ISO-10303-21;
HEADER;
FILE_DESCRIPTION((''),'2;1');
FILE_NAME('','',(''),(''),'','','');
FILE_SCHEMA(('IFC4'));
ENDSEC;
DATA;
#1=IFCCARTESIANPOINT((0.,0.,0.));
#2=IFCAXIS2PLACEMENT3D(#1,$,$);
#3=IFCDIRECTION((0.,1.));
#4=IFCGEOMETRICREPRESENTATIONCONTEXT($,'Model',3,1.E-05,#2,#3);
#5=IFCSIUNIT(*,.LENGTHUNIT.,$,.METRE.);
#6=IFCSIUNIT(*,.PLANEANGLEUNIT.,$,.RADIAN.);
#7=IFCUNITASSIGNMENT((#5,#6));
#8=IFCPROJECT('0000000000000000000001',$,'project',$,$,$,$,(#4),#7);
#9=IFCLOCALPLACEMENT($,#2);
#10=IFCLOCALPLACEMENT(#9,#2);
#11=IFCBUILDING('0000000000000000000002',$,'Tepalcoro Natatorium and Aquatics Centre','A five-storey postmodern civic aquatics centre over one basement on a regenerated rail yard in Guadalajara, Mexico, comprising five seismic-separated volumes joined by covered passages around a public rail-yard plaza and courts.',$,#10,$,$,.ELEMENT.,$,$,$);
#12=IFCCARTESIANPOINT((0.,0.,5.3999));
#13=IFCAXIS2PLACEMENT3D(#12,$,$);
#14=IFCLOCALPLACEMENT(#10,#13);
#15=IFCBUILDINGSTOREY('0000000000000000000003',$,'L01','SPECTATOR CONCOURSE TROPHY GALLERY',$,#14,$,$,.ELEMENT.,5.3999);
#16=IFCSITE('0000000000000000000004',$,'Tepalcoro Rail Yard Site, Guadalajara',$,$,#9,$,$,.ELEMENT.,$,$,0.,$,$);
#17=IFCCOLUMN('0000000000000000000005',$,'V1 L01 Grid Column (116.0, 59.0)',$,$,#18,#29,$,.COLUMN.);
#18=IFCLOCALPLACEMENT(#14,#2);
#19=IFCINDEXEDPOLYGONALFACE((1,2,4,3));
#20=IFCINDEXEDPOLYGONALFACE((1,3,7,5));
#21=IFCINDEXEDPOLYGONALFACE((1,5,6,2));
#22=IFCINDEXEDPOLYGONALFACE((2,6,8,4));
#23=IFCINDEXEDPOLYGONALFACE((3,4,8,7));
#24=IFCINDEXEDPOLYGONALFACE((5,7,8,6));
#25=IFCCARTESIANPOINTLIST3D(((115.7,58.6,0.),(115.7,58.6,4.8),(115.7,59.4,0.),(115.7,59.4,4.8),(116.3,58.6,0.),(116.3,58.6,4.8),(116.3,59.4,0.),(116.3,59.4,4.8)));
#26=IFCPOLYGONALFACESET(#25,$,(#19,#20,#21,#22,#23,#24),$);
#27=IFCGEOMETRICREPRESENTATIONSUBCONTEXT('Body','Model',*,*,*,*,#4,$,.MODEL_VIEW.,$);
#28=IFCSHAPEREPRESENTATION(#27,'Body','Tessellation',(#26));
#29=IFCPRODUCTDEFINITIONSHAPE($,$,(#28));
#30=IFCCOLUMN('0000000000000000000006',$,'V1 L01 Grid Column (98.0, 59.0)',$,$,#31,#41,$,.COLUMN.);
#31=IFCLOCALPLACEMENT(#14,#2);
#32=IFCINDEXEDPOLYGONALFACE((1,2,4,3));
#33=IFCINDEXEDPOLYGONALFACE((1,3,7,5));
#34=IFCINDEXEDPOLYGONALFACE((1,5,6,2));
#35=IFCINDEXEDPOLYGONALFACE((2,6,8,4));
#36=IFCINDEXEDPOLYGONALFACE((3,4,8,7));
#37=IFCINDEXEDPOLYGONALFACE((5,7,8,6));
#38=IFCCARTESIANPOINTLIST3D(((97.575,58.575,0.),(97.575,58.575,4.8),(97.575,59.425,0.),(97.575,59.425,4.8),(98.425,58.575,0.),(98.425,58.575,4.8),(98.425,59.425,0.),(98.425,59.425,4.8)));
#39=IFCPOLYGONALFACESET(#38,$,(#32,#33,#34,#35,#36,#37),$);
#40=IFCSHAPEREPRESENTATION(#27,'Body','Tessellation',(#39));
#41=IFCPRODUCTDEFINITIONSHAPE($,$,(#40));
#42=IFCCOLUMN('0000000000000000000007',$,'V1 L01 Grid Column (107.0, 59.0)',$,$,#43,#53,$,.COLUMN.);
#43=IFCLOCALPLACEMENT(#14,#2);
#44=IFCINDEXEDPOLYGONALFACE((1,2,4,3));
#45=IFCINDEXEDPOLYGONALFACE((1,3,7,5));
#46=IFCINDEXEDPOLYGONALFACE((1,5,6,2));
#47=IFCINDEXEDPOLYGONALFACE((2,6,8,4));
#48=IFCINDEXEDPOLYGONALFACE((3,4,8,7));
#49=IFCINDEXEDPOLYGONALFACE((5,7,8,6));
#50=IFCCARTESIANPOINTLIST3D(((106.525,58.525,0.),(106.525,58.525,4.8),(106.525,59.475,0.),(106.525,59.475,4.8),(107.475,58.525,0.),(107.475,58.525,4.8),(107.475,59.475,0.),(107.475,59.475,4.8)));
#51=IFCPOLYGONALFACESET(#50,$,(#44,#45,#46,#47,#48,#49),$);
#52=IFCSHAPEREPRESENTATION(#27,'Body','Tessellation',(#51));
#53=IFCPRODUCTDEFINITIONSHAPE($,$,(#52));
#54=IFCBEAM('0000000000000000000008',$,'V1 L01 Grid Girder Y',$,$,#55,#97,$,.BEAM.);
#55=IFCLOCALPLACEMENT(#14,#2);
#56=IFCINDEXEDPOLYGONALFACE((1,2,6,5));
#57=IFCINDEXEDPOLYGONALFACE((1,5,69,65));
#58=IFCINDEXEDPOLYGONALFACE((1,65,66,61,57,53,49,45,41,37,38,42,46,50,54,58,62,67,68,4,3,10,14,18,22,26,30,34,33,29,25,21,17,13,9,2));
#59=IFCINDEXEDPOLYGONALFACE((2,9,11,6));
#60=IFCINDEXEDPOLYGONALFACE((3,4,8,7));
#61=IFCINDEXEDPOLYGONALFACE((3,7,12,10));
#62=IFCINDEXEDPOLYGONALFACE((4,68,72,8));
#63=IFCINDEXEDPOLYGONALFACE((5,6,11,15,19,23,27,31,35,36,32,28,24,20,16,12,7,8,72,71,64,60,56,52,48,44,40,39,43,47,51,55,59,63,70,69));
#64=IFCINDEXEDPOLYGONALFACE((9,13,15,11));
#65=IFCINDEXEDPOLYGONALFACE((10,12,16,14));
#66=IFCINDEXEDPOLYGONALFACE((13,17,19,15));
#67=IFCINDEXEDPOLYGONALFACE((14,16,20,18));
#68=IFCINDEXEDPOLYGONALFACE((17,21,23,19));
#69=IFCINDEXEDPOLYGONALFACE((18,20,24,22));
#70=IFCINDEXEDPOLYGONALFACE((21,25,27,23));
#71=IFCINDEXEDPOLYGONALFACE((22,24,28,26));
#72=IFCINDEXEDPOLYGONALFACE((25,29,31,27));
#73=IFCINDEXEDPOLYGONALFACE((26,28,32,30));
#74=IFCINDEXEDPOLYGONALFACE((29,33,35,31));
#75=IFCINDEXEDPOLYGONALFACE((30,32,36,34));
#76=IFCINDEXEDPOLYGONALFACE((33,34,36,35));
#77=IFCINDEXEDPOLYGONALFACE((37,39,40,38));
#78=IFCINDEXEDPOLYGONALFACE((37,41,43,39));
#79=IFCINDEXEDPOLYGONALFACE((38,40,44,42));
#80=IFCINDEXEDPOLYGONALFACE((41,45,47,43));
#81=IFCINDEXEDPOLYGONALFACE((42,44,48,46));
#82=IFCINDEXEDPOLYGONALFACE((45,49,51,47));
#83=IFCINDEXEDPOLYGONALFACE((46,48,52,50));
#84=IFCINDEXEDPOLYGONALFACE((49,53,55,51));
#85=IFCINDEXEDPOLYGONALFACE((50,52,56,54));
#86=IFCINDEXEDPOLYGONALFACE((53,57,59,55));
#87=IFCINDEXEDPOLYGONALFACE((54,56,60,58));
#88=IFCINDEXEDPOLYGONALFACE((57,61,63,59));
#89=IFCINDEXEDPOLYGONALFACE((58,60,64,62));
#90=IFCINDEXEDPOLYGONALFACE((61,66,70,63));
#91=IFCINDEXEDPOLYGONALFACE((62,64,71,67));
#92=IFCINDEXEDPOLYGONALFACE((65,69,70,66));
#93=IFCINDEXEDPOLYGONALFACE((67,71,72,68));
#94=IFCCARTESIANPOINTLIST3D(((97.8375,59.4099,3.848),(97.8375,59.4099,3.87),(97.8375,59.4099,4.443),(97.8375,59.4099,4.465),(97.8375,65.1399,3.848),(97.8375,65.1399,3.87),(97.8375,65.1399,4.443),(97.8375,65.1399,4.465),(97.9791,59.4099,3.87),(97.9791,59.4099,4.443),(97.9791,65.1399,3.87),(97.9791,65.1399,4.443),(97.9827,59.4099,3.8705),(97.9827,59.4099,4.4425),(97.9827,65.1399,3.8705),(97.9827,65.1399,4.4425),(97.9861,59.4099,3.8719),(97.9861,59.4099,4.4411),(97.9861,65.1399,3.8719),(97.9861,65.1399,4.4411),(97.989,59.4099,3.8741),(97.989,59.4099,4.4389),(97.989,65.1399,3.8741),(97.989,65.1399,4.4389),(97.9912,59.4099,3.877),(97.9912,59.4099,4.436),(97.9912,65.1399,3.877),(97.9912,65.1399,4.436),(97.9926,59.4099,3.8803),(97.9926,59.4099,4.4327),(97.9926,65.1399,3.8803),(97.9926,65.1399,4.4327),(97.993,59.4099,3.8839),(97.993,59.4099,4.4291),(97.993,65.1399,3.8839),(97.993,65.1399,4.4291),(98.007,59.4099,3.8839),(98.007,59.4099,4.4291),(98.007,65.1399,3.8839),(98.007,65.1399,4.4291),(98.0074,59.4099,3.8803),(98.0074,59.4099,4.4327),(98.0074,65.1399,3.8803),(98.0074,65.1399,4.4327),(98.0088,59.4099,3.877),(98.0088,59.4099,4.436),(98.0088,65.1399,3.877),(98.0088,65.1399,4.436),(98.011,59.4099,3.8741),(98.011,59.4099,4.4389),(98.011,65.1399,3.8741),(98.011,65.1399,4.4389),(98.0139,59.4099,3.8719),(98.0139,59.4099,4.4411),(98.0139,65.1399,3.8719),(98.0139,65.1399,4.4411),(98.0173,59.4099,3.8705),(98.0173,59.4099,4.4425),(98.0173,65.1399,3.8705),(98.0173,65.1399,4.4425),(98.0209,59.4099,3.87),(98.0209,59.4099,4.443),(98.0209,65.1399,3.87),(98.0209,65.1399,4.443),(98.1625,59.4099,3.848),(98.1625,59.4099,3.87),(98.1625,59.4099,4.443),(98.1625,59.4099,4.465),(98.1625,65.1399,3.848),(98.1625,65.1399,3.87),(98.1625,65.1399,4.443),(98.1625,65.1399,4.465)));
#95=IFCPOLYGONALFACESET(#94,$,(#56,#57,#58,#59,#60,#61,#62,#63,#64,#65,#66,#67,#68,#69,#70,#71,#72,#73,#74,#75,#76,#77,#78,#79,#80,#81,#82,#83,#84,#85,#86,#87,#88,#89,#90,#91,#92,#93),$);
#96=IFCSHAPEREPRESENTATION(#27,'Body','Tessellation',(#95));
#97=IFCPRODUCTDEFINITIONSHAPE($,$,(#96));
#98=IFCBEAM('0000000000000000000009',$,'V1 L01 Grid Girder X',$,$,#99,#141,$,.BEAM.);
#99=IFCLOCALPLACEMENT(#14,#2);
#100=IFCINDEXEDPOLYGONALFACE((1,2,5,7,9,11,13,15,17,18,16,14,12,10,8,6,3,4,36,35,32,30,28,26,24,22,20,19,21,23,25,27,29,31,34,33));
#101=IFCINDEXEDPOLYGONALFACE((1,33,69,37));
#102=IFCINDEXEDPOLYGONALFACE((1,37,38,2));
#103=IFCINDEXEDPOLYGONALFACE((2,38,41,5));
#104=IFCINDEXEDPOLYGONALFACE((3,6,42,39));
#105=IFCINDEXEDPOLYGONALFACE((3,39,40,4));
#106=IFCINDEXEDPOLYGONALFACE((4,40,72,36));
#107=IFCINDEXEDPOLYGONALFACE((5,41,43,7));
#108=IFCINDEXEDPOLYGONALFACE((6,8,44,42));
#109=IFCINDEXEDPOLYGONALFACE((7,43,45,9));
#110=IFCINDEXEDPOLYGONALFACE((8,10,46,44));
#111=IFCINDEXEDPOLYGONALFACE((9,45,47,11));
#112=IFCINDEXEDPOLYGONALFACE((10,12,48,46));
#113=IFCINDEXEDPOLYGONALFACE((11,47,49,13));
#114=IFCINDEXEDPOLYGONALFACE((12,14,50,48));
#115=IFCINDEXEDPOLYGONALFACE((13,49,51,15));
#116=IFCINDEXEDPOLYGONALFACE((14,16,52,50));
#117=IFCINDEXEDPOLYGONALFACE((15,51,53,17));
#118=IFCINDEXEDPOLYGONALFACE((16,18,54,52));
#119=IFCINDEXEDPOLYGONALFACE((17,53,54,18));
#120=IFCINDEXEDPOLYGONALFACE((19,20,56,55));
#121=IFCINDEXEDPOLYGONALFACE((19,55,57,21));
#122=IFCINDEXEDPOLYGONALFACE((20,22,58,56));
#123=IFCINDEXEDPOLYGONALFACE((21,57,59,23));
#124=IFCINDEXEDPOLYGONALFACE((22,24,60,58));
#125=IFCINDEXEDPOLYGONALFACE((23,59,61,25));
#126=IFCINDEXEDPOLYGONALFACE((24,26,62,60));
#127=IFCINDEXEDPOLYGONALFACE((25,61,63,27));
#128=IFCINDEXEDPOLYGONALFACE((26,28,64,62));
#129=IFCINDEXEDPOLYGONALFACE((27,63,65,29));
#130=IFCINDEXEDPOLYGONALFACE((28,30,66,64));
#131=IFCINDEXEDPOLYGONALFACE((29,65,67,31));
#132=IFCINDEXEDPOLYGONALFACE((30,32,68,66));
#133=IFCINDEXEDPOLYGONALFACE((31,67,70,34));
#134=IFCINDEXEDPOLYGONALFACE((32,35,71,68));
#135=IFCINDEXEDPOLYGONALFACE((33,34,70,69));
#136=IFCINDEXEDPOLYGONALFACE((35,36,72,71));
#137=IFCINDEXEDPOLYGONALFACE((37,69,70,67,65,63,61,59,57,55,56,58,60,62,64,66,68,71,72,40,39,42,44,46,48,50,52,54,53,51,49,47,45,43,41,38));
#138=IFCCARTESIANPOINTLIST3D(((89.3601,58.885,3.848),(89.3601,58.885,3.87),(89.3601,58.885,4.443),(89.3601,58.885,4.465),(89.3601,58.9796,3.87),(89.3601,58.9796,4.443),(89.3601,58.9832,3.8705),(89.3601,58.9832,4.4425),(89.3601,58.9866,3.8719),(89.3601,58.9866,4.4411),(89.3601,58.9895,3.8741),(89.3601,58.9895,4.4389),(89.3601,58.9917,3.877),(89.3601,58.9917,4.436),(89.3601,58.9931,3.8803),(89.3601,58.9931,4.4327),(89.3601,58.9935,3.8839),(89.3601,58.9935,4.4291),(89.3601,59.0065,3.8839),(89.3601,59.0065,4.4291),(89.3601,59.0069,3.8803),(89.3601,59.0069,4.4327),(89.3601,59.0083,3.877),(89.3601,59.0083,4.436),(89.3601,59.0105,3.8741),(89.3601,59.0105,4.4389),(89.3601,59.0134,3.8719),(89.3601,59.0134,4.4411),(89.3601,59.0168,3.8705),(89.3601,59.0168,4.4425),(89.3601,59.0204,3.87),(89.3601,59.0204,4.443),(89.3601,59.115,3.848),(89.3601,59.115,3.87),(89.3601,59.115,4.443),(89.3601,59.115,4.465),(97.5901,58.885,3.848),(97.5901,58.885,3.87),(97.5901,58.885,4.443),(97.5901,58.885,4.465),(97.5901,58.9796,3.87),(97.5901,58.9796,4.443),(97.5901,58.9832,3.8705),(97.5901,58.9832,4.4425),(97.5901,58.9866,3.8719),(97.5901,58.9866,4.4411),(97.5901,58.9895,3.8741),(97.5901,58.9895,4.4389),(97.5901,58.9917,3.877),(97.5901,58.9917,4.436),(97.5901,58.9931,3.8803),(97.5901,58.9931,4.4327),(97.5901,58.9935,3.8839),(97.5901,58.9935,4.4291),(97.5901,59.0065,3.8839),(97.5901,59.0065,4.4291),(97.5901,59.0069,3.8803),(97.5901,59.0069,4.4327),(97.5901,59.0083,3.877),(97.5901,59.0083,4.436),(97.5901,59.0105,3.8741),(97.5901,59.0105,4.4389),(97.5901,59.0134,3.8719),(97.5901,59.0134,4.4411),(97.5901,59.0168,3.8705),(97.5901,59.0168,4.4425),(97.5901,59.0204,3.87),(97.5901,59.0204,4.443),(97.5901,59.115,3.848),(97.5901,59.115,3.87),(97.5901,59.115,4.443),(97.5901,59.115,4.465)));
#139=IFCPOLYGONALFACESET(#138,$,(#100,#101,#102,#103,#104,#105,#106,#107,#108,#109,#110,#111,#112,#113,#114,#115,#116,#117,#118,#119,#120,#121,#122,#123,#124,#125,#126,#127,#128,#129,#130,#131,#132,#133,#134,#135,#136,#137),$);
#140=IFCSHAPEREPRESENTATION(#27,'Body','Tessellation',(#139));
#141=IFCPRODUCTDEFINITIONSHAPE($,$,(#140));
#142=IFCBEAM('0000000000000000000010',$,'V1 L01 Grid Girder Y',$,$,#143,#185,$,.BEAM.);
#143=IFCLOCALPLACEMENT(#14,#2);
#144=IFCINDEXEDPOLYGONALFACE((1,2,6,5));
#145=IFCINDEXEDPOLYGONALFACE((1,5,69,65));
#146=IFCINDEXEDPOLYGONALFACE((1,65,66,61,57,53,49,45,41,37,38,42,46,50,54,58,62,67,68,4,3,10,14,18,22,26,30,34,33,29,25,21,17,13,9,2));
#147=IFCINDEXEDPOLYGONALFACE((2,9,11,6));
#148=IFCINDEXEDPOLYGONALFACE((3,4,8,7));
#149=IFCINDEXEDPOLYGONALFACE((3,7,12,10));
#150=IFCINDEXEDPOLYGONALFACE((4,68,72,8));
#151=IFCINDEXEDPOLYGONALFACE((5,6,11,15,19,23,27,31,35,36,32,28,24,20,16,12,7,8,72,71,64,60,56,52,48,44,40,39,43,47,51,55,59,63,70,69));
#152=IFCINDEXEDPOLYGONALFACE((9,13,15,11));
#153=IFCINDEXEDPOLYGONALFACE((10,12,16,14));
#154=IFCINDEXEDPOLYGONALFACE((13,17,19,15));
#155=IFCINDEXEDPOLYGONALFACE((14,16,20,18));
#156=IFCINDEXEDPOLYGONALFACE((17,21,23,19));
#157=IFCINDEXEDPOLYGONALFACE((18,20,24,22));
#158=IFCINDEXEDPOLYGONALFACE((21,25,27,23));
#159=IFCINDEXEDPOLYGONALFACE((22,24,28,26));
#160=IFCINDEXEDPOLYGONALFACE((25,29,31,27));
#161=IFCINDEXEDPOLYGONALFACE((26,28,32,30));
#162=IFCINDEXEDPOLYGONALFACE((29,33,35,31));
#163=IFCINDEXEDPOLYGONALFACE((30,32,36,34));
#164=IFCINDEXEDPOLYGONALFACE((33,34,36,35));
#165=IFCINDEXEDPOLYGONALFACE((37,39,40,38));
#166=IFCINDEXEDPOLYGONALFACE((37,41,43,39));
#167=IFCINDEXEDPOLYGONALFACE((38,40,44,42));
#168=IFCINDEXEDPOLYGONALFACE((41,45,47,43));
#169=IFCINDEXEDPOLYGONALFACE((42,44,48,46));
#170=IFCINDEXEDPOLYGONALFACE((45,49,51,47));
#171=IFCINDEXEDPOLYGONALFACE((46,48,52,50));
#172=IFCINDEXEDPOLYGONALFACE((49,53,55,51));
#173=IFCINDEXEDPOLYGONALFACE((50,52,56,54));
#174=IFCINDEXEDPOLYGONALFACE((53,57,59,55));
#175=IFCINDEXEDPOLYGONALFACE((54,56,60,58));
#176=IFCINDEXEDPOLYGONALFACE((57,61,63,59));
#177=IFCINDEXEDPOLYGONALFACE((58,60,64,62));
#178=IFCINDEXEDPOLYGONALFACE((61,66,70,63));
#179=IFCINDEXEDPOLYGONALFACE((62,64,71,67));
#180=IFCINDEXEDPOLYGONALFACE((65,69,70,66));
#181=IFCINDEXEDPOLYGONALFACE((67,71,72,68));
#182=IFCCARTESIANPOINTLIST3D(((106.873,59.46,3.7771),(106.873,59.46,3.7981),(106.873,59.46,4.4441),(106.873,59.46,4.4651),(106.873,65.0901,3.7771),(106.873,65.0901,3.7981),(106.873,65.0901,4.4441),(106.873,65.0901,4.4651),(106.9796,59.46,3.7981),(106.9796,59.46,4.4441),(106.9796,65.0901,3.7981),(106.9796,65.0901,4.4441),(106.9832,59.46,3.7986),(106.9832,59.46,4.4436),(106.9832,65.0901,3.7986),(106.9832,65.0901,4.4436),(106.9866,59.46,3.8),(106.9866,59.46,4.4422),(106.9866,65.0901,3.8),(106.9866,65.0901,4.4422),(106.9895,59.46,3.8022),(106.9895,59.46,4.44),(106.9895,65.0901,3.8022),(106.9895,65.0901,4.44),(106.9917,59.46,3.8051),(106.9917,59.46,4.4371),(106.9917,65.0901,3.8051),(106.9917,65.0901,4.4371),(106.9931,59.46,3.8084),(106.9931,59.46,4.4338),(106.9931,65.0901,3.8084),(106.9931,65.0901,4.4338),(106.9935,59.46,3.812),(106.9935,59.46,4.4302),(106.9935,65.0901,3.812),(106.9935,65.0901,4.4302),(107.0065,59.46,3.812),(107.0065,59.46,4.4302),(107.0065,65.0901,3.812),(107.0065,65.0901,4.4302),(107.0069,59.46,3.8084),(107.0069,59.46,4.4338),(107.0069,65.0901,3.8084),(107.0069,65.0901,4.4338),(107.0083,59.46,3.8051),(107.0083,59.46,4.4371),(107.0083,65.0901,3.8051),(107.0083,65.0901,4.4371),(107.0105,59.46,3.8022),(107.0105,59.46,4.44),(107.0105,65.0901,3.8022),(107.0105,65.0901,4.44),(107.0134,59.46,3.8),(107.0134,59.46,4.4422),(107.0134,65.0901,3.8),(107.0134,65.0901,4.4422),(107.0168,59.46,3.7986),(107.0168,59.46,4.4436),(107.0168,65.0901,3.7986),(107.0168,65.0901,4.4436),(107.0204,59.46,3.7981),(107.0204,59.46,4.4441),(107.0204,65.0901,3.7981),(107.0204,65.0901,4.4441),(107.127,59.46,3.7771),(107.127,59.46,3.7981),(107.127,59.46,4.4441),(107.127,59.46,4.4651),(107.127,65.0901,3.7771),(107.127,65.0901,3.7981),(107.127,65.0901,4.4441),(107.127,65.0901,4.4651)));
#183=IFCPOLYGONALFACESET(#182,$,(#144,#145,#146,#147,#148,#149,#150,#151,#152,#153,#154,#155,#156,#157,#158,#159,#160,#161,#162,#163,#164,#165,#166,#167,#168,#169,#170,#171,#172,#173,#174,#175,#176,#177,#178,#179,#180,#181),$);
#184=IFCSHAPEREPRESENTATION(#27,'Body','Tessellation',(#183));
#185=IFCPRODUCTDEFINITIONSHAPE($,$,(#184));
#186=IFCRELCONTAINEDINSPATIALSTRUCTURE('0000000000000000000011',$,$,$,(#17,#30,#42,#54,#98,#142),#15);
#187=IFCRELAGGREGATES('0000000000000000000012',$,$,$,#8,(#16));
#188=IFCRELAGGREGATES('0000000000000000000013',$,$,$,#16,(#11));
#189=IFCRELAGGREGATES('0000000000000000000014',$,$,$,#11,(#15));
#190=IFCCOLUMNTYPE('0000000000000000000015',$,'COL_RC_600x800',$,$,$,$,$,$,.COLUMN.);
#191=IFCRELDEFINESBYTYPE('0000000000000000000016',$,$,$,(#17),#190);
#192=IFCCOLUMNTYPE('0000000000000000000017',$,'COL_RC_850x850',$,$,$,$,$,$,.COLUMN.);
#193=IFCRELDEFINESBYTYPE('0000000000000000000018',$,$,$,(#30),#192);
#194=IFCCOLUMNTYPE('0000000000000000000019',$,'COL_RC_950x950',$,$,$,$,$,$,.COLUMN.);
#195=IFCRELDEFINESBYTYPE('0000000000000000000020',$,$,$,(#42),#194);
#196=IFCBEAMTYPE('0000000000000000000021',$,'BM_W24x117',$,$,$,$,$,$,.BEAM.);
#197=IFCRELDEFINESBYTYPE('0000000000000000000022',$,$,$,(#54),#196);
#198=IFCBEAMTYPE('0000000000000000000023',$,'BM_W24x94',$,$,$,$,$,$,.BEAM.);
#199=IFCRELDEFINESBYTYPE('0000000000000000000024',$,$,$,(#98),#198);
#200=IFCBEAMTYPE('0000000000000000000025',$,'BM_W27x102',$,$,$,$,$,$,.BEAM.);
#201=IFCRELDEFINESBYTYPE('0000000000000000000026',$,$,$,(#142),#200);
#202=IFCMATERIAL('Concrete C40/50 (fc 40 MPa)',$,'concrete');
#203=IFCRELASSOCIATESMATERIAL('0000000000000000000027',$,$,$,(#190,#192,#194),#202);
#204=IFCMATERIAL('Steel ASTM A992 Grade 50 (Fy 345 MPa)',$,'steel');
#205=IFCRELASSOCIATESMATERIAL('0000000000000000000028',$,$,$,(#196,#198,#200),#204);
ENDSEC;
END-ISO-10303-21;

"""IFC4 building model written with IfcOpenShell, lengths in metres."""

from ifc_helpers import new_model, si_unit, direction, frame, origin, origin_2d, place, context, subcontext, project, spatial, rectangle, i_section, extrude, material, material_profile, profile_set, type_object, element, save


model = new_model("IFC4")

# Units and contexts
model_context = context("Model", 3, precision=1e-05, world=origin(), true_north=direction((0.0, 1.0)))
body_context = subcontext(model_context, "Body", "Model", "MODEL_VIEW")
ifc_project = project(units=[si_unit("LENGTHUNIT", "METRE"), si_unit("PLANEANGLEUNIT", "RADIAN")], contexts=[model_context])

# Site, building, storey
site_placement = place(None, origin())
site = spatial("IfcSite", under=ifc_project, at=site_placement, Name="Tepalcoro Rail Yard Site, Guadalajara", CompositionType="ELEMENT", RefElevation=0.0)
building_placement = place(site_placement, origin())
building = spatial("IfcBuilding", under=site, at=building_placement, Name="Tepalcoro Natatorium and Aquatics Centre", Description="A five-storey postmodern civic aquatics centre over one basement on a regenerated rail yard in Guadalajara, Mexico, comprising five seismic-separated volumes joined by covered passages around a public rail-yard plaza and courts.", CompositionType="ELEMENT")
storey_placement = place(building_placement, frame((0.0, 0.0, 5.3999)))
storey = spatial("IfcBuildingStorey", under=building, at=storey_placement, Name="L01", Description="SPECTATOR CONCOURSE TROPHY GALLERY", CompositionType="ELEMENT", Elevation=5.3999)

# Columns
ifc_material_1 = material(Name="Concrete C40/50 (fc 40 MPa)", Category="concrete")
ifc_material_profile_1 = material_profile(ifc_material_1, rectangle(XDim=0.6001, YDim=0.8, at=origin_2d()), Name="RC600x800")
ifc_profile_set_1 = profile_set([ifc_material_profile_1], Name="Concrete C40/50 (fc 40 MPa)")
column_type_1 = type_object("IfcColumnType", Name="COL_RC_600x800", PredefinedType="COLUMN", material=ifc_profile_set_1)
column_1_placement = place(storey_placement, frame((116.0, 59.0, 0.0), z_axis=(0.0, 0.0, 1.0), x_axis=(1.0, 0.0, 0.0)))
element("IfcColumn", 1, at=column_1_placement, inside=storey, type_object=column_type_1, Name="V1 L01 Grid Column (116.0, 59.0)", PredefinedType="COLUMN", context=body_context, shape_type="SweptSolid", body=[
    extrude(rectangle(XDim=0.6001, YDim=0.8, at=origin_2d()), origin(), (0.0, 0.0, 1.0), 4.8),
])
ifc_material_profile_2 = material_profile(ifc_material_1, rectangle(XDim=0.8501, YDim=0.8501, at=origin_2d()), Name="RC850x850")
ifc_profile_set_2 = profile_set([ifc_material_profile_2], Name="Concrete C40/50 (fc 40 MPa)")
column_type_2 = type_object("IfcColumnType", Name="COL_RC_850x850", PredefinedType="COLUMN", material=ifc_profile_set_2)
column_2_placement = place(storey_placement, frame((98.0, 59.0, 0.0), z_axis=(0.0, 0.0, 1.0), x_axis=(1.0, 0.0, 0.0)))
element("IfcColumn", 2, at=column_2_placement, inside=storey, type_object=column_type_2, Name="V1 L01 Grid Column (98.0, 59.0)", PredefinedType="COLUMN", context=body_context, shape_type="SweptSolid", body=[
    extrude(rectangle(XDim=0.8501, YDim=0.8501, at=origin_2d()), origin(), (0.0, 0.0, 1.0), 4.8),
])
ifc_material_profile_3 = material_profile(ifc_material_1, rectangle(XDim=0.95, YDim=0.95, at=origin_2d()), Name="RC950x950")
ifc_profile_set_3 = profile_set([ifc_material_profile_3], Name="Concrete C40/50 (fc 40 MPa)")
column_type_3 = type_object("IfcColumnType", Name="COL_RC_950x950", PredefinedType="COLUMN", material=ifc_profile_set_3)
column_3_placement = place(storey_placement, frame((107.0, 59.0, 0.0), z_axis=(0.0, 0.0, 1.0), x_axis=(1.0, 0.0, 0.0)))
element("IfcColumn", 3, at=column_3_placement, inside=storey, type_object=column_type_3, Name="V1 L01 Grid Column (107.0, 59.0)", PredefinedType="COLUMN", context=body_context, shape_type="SweptSolid", body=[
    extrude(rectangle(XDim=0.95, YDim=0.95, at=origin_2d()), origin(), (0.0, 0.0, 1.0), 4.8),
])

# Beams
ifc_material_2 = material(Name="Steel ASTM A992 Grade 50 (Fy 345 MPa)", Category="steel")
ifc_material_profile_4 = material_profile(ifc_material_2, i_section(OverallWidth=0.325, OverallDepth=0.6169, WebThickness=0.0139, FlangeThickness=0.022, FilletRadius=0.0139, at=origin_2d()), Name="W24X117")
ifc_profile_set_4 = profile_set([ifc_material_profile_4], Name="Steel ASTM A992 Grade 50 (Fy 345 MPa)")
beam_type_1 = type_object("IfcBeamType", Name="BM_W24x117", PredefinedType="BEAM", material=ifc_profile_set_4)
beam_1_placement = place(storey_placement, frame((98.0, 59.4099, 4.1565), z_axis=(0.0, 1.0, 0.0), x_axis=(-1.0, 0.0, 0.0)))
element("IfcBeam", 4, at=beam_1_placement, inside=storey, type_object=beam_type_1, Name="V1 L01 Grid Girder Y", PredefinedType="BEAM", context=body_context, shape_type="SweptSolid", body=[
    extrude(i_section(OverallWidth=0.325, OverallDepth=0.6169, WebThickness=0.0139, FlangeThickness=0.022, FilletRadius=0.0139, at=origin_2d()), origin(), (0.0, 0.0, 1.0), 5.73),
])
ifc_material_profile_5 = material_profile(ifc_material_2, i_section(OverallWidth=0.23, OverallDepth=0.6169, WebThickness=0.0129, FlangeThickness=0.022, FilletRadius=0.0139, at=origin_2d()), Name="W24X94")
ifc_profile_set_5 = profile_set([ifc_material_profile_5], Name="Steel ASTM A992 Grade 50 (Fy 345 MPa)")
beam_type_2 = type_object("IfcBeamType", Name="BM_W24x94", PredefinedType="BEAM", material=ifc_profile_set_5)
beam_2_placement = place(storey_placement, frame((89.3601, 59.0, 4.1565), z_axis=(1.0, 0.0, 0.0), x_axis=(0.0, 1.0, 0.0)))
element("IfcBeam", 5, at=beam_2_placement, inside=storey, type_object=beam_type_2, Name="V1 L01 Grid Girder X", PredefinedType="BEAM", context=body_context, shape_type="SweptSolid", body=[
    extrude(i_section(OverallWidth=0.23, OverallDepth=0.6169, WebThickness=0.0129, FlangeThickness=0.022, FilletRadius=0.0139, at=origin_2d()), origin(), (0.0, 0.0, 1.0), 8.23),
])
ifc_material_profile_6 = material_profile(ifc_material_2, i_section(OverallWidth=0.2539, OverallDepth=0.688, WebThickness=0.0129, FlangeThickness=0.021, FilletRadius=0.0139, at=origin_2d()), Name="W27X102")
ifc_profile_set_6 = profile_set([ifc_material_profile_6], Name="Steel ASTM A992 Grade 50 (Fy 345 MPa)")
beam_type_3 = type_object("IfcBeamType", Name="BM_W27x102", PredefinedType="BEAM", material=ifc_profile_set_6)
beam_3_placement = place(storey_placement, frame((107.0, 59.46, 4.1211), z_axis=(0.0, 1.0, 0.0), x_axis=(-1.0, 0.0, 0.0)))
element("IfcBeam", 6, at=beam_3_placement, inside=storey, type_object=beam_type_3, Name="V1 L01 Grid Girder Y", PredefinedType="BEAM", context=body_context, shape_type="SweptSolid", body=[
    extrude(i_section(OverallWidth=0.2539, OverallDepth=0.688, WebThickness=0.0129, FlangeThickness=0.021, FilletRadius=0.0139, at=origin_2d()), origin(), (0.0, 0.0, 1.0), 5.6301),
])

save(model, "model.ifc")
